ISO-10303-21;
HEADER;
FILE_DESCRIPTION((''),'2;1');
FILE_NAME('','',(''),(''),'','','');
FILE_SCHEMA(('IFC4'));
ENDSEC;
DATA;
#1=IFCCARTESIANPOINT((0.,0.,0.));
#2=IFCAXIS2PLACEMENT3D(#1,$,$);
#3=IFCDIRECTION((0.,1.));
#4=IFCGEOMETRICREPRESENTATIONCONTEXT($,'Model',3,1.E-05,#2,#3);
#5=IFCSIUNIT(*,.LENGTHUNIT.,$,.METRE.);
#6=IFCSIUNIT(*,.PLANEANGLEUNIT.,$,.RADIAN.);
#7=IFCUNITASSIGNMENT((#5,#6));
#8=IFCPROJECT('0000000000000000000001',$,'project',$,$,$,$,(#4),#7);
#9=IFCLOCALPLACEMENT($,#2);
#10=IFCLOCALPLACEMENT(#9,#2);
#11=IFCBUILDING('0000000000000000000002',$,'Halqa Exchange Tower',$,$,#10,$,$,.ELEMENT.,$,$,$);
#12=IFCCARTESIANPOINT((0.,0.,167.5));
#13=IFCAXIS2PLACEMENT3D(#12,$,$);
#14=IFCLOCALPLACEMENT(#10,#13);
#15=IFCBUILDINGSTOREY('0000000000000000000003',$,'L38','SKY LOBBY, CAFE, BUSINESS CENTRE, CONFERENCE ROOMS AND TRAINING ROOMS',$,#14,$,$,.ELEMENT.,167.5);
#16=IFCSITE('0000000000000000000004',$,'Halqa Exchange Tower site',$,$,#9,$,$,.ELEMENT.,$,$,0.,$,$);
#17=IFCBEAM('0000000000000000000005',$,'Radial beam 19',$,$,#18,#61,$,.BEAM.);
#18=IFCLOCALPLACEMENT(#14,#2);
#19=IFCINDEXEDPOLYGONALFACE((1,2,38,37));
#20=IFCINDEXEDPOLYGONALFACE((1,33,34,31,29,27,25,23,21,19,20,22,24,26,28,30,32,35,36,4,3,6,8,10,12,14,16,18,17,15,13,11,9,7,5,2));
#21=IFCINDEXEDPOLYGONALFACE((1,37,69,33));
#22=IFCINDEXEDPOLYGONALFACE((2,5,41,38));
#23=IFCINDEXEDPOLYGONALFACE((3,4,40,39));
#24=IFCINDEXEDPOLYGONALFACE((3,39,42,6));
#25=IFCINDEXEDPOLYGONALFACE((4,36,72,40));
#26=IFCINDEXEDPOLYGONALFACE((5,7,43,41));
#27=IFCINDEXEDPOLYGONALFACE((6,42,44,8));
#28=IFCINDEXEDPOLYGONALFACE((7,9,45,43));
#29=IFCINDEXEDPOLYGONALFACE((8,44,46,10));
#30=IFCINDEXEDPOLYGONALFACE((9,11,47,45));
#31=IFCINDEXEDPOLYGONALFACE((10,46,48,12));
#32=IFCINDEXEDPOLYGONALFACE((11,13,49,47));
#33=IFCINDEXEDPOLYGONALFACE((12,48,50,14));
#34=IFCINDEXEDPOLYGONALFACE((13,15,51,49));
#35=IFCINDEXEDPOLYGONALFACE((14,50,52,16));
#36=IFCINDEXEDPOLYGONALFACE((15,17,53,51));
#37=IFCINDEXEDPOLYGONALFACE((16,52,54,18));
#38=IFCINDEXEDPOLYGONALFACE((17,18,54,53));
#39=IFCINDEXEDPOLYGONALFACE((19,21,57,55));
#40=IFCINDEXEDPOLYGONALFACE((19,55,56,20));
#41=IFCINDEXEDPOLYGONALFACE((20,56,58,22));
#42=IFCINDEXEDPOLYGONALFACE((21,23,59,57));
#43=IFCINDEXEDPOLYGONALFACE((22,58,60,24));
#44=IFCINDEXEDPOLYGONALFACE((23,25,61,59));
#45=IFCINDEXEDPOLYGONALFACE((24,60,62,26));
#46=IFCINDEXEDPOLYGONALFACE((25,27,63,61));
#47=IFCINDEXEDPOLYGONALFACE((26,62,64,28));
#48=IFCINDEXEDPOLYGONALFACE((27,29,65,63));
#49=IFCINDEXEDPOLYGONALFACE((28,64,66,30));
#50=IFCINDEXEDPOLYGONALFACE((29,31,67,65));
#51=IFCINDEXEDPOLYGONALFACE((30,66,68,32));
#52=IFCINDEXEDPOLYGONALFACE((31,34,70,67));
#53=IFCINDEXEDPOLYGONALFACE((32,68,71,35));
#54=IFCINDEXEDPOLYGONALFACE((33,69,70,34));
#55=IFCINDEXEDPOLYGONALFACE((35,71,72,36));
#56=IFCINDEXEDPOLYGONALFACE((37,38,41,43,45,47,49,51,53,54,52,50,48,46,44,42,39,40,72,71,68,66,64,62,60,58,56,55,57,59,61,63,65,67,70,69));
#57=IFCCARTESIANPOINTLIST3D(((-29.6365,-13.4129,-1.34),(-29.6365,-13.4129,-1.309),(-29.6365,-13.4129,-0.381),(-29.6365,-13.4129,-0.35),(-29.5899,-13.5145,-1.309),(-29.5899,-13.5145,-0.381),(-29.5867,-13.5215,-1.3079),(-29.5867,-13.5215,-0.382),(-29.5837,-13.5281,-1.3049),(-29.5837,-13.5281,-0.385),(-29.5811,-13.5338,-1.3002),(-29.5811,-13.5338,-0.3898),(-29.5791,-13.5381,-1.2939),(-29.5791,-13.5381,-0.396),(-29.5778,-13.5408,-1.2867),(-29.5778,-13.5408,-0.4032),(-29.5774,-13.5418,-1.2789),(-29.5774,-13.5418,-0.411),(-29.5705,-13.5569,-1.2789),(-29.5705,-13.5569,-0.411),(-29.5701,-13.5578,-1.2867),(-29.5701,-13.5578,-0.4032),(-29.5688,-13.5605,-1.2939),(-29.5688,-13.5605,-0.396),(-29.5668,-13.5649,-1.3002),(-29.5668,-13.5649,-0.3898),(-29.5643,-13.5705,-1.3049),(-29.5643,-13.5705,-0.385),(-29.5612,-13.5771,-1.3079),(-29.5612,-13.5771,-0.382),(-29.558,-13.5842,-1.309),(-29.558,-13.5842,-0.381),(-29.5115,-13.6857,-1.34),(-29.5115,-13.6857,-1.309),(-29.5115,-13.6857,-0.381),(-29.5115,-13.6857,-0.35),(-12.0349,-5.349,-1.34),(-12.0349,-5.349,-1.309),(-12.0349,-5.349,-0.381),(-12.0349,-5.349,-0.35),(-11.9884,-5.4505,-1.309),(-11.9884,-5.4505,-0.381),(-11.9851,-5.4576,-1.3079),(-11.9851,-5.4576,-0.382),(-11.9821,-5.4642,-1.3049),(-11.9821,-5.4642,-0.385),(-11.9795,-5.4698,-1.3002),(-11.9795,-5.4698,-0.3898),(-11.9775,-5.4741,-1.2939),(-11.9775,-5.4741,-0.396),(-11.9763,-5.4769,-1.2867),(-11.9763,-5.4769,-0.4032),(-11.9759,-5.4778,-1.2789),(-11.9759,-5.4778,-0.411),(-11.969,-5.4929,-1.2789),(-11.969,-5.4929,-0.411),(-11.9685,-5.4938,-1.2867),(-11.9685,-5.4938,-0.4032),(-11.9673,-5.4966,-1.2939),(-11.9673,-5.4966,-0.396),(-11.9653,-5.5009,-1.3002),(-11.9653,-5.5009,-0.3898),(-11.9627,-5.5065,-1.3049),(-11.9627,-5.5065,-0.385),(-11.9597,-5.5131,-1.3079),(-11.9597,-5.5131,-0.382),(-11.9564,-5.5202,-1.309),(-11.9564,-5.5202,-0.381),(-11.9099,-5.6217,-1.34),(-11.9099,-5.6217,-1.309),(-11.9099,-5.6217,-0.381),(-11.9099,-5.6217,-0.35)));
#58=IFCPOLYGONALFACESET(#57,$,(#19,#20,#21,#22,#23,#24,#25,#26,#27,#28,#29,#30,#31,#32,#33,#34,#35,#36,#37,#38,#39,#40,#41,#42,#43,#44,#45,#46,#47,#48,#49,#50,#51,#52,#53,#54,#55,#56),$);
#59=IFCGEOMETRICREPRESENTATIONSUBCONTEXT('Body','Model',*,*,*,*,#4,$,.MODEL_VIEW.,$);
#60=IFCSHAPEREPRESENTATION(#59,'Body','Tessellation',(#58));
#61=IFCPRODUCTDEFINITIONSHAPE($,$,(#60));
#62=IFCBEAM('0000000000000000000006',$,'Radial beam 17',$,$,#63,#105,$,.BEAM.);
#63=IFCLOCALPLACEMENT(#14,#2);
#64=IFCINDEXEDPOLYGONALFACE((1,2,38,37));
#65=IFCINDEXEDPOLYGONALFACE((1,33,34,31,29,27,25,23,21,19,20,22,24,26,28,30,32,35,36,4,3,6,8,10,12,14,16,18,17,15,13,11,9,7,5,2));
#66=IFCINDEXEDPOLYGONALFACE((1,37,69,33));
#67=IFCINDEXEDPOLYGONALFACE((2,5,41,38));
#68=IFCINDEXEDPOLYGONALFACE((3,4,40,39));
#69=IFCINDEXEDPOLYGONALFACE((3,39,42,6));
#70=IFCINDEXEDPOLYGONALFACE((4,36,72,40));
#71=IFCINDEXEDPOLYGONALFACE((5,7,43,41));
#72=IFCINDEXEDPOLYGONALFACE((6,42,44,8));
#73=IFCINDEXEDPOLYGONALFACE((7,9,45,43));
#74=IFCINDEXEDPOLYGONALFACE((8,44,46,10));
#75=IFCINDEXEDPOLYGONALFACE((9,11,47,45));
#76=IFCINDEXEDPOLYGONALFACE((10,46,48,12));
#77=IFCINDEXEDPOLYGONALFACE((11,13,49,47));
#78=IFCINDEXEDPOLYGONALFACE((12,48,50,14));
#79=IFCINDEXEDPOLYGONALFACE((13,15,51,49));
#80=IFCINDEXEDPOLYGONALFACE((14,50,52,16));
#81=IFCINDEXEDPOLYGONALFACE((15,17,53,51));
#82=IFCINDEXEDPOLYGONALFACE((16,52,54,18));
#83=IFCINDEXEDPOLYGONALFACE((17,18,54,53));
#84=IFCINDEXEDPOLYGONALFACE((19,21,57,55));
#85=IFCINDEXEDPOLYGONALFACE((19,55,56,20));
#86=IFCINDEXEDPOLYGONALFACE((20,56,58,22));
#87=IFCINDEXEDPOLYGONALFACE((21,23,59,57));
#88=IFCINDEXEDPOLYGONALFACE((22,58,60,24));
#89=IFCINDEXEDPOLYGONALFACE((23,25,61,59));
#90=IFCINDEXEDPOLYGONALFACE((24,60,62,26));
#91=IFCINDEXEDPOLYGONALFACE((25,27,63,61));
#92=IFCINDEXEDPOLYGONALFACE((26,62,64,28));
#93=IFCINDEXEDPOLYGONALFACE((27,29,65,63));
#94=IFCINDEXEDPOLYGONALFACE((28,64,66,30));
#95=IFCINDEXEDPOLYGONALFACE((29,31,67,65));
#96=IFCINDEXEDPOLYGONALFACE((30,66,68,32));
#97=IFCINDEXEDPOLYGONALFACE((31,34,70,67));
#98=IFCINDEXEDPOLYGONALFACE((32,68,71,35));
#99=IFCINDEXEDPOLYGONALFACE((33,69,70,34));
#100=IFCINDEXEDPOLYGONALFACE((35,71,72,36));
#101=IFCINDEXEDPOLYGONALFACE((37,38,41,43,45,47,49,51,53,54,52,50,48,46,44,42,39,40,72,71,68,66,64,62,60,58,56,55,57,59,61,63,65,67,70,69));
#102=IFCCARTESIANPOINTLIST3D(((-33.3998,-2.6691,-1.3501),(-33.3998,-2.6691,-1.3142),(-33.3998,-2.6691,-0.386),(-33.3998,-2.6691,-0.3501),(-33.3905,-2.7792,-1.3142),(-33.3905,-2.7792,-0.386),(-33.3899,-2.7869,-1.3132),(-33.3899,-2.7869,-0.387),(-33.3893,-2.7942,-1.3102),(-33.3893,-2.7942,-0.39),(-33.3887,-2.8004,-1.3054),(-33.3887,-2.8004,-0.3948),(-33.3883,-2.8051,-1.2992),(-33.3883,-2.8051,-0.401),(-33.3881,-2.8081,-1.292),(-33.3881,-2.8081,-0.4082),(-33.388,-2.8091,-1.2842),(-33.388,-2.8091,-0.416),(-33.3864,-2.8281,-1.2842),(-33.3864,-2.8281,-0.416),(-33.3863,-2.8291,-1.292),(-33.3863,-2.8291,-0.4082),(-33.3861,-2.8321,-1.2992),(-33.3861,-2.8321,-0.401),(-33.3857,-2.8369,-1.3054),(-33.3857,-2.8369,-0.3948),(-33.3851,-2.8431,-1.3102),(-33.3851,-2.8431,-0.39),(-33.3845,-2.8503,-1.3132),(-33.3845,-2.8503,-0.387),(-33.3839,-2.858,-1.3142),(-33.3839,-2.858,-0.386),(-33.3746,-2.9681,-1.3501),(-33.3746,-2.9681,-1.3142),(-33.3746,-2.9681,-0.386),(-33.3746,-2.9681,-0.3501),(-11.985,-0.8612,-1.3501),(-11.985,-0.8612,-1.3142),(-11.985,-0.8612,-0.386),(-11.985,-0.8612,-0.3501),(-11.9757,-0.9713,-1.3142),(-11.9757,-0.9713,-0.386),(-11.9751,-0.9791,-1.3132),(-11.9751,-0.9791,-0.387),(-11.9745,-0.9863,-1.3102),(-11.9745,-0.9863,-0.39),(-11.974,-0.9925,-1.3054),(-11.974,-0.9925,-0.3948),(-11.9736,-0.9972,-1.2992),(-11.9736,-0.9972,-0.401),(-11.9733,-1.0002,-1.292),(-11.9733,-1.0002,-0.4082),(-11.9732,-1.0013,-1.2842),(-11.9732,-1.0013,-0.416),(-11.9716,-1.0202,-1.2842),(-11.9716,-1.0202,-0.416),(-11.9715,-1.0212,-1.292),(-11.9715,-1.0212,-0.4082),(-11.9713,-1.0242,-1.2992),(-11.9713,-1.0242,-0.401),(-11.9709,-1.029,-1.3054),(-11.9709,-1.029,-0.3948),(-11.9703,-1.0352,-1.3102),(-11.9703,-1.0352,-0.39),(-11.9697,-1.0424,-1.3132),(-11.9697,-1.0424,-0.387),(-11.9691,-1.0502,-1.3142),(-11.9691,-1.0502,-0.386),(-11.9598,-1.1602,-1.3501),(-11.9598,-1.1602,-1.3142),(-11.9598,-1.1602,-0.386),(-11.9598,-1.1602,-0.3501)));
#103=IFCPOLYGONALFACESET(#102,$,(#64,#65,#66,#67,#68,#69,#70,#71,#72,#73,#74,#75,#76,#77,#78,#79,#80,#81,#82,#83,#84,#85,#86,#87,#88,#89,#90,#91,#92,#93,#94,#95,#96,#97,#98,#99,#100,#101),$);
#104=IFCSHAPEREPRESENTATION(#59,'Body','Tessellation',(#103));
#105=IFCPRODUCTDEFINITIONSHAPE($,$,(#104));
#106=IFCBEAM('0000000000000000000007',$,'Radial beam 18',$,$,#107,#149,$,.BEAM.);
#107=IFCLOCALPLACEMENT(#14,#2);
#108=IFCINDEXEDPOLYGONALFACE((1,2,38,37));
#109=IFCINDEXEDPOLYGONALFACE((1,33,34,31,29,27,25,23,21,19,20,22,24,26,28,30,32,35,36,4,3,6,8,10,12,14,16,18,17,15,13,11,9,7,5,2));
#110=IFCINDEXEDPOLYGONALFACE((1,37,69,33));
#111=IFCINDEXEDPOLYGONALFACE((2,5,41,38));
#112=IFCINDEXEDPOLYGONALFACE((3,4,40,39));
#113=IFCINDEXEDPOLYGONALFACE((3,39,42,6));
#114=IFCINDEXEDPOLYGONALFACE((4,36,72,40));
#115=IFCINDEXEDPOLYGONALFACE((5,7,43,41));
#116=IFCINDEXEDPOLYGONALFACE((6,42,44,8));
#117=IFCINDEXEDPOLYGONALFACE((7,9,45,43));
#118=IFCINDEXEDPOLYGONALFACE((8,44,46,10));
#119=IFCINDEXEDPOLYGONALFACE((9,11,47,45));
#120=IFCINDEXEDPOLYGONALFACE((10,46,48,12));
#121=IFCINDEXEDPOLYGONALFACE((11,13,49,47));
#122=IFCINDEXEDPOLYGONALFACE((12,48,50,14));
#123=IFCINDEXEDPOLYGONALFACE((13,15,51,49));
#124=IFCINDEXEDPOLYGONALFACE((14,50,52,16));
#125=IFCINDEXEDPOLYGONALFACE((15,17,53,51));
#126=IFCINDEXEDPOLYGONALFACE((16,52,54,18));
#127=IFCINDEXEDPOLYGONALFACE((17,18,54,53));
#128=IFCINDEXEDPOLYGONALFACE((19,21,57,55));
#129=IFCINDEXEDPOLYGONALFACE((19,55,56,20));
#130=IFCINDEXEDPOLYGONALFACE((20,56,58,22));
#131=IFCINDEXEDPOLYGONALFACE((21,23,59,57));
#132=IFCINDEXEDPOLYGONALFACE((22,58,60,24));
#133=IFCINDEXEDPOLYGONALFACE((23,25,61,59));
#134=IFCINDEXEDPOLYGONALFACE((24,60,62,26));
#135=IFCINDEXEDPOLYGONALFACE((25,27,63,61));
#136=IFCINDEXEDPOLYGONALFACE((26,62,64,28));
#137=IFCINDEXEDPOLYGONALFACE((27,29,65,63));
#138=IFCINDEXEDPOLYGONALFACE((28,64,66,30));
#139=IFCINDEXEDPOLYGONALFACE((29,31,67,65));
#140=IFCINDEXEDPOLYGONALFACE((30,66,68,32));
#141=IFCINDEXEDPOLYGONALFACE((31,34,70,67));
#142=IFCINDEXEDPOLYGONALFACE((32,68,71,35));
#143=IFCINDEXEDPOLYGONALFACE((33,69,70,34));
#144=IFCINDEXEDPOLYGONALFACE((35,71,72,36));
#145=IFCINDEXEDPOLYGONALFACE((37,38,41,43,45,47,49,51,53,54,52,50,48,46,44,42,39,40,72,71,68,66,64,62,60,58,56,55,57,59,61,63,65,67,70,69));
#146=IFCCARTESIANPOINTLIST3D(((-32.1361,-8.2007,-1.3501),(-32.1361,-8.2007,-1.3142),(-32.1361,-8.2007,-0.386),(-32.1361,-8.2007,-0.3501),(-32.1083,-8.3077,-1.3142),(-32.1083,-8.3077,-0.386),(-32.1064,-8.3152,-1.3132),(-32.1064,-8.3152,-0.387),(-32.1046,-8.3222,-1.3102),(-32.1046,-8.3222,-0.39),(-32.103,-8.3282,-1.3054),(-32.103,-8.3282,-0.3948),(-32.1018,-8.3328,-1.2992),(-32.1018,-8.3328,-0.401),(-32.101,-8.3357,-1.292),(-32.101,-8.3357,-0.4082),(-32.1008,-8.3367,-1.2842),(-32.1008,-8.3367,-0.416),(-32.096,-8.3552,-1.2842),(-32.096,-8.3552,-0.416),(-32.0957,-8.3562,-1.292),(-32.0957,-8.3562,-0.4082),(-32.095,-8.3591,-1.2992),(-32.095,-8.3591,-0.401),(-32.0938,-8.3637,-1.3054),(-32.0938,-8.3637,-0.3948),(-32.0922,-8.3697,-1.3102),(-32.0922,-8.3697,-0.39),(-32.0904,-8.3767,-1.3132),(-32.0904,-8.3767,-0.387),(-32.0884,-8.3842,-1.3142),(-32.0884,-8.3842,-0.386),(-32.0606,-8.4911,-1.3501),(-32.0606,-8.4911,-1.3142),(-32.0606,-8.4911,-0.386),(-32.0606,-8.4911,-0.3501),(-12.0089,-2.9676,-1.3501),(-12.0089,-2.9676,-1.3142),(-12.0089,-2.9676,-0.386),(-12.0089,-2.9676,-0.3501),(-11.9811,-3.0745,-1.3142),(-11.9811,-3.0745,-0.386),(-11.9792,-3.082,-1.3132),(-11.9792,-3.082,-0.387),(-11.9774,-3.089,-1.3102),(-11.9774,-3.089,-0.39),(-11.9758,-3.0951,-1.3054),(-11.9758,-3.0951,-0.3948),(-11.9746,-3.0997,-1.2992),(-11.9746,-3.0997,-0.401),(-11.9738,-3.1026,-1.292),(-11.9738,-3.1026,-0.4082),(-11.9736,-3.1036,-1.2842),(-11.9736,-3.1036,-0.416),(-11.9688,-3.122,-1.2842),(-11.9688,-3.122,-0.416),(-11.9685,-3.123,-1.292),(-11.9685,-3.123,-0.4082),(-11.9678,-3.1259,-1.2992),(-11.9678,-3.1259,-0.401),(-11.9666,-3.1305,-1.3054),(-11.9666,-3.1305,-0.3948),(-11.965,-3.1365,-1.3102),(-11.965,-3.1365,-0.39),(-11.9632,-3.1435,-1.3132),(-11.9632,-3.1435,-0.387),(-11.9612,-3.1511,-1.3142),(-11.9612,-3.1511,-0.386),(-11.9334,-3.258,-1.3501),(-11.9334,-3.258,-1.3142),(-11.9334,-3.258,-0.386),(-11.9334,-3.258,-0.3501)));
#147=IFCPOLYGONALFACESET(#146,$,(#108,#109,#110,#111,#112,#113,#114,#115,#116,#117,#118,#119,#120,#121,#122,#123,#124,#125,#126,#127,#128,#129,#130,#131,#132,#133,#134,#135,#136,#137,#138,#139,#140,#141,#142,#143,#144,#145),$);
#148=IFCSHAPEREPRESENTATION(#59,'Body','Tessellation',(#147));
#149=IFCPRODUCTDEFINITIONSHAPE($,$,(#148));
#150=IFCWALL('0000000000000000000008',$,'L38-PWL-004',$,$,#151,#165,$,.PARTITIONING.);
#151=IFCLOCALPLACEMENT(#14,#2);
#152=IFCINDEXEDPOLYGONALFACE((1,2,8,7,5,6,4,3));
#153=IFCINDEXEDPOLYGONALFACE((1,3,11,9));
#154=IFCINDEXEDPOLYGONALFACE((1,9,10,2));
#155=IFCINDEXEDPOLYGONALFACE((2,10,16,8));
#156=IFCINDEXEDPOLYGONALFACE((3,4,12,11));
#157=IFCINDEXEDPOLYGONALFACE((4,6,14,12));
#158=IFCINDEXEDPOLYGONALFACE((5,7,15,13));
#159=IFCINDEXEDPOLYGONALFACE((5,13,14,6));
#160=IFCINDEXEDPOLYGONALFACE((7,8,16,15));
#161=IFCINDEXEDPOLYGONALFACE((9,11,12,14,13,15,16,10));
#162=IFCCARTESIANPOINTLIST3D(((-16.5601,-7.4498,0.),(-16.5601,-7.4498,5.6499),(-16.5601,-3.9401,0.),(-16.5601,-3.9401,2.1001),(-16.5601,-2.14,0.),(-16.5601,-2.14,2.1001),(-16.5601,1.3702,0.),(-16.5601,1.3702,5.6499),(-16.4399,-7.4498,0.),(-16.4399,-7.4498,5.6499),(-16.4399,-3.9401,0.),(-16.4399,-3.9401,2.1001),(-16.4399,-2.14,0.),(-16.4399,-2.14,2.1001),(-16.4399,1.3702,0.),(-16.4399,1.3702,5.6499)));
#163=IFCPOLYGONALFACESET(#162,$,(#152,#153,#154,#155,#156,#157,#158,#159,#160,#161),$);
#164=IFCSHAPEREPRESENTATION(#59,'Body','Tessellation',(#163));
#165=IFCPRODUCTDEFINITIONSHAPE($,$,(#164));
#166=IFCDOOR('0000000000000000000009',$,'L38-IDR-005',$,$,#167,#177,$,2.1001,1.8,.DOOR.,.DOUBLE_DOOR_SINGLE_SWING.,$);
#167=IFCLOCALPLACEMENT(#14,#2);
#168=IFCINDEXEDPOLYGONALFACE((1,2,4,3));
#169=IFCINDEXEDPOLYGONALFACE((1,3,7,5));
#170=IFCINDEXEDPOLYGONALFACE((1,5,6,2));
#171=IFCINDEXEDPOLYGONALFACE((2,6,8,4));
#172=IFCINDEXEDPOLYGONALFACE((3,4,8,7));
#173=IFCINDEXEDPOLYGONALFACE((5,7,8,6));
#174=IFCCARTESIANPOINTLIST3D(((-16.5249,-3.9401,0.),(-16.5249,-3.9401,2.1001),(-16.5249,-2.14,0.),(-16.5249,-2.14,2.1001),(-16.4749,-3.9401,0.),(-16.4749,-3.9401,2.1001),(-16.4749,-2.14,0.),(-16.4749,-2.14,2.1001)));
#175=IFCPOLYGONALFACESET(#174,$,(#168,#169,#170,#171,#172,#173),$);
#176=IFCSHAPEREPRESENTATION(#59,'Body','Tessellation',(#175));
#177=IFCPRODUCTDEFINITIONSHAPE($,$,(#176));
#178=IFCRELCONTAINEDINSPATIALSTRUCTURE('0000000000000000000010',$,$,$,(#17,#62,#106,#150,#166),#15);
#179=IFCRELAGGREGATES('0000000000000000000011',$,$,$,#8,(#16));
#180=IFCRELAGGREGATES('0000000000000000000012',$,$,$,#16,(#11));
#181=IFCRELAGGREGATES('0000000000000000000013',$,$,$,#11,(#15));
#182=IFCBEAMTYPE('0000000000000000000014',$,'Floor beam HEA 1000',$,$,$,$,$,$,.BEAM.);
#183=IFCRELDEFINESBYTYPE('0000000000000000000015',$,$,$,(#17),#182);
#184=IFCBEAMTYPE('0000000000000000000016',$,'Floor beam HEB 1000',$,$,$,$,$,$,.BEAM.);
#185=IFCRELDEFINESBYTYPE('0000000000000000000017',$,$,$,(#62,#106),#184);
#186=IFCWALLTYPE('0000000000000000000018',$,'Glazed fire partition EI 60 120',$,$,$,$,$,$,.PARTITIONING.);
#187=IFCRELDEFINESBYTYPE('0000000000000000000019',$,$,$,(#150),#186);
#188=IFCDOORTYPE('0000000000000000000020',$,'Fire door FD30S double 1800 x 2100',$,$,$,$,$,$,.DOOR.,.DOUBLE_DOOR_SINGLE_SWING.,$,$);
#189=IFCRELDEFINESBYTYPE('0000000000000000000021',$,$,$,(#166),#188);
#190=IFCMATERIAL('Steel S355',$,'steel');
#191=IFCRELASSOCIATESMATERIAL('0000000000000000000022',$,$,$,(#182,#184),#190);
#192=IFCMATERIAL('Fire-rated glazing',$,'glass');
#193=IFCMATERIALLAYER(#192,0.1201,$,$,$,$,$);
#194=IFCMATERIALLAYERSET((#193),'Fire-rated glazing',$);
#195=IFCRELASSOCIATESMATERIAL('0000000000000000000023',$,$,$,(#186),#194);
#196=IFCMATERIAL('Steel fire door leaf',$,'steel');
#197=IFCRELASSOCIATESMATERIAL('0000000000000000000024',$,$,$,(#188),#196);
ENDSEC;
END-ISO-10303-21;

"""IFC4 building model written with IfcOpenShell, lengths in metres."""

from ifc_helpers import new_model, si_unit, direction, frame, frame_2d, origin, origin_2d, place, context, subcontext, project, spatial, rectangle, i_section, extrude, material, layer, layer_set, material_profile, profile_set, type_object, element, fill, save


model = new_model("IFC4")

# Units and contexts
model_context = context("Model", 3, precision=1e-05, world=origin(), true_north=direction((0.0, 1.0)))
body_context = subcontext(model_context, "Body", "Model", "MODEL_VIEW")
ifc_project = project(units=[si_unit("LENGTHUNIT", "METRE"), si_unit("PLANEANGLEUNIT", "RADIAN")], contexts=[model_context])

# Site, building, storey
site_placement = place(None, origin())
site = spatial("IfcSite", under=ifc_project, at=site_placement, Name="Halqa Exchange Tower site", CompositionType="ELEMENT", RefElevation=0.0)
building_placement = place(site_placement, origin())
building = spatial("IfcBuilding", under=site, at=building_placement, Name="Halqa Exchange Tower", CompositionType="ELEMENT")
storey_placement = place(building_placement, frame((0.0, 0.0, 167.5)))
storey = spatial("IfcBuildingStorey", under=building, at=storey_placement, Name="L38", Description="SKY LOBBY, CAFE, BUSINESS CENTRE, CONFERENCE ROOMS AND TRAINING ROOMS", CompositionType="ELEMENT", Elevation=167.5)

# Beams
ifc_material_1 = material(Name="Steel S355", Category="steel")
ifc_material_profile_1 = material_profile(ifc_material_1, i_section(OverallWidth=0.3, OverallDepth=0.99, WebThickness=0.0166, FlangeThickness=0.031, FilletRadius=0.03, at=origin_2d()), Name="HEA 1000")
ifc_profile_set_1 = profile_set([ifc_material_profile_1], Name="Steel S355")
beam_type_1 = type_object("IfcBeamType", Name="Floor beam HEA 1000", PredefinedType="BEAM", material=ifc_profile_set_1)
beam_1_placement = place(storey_placement, frame((-11.9724, -5.4854, -0.845), z_axis=(-0.909132, -0.416509, 0.0), x_axis=(0.416509, -0.909132, 0.0)))
element("IfcBeam", 1, at=beam_1_placement, inside=storey, type_object=beam_type_1, Name="Radial beam 19", PredefinedType="BEAM", context=body_context, shape_type="SweptSolid", body=[
    extrude(i_section(OverallWidth=0.3, OverallDepth=0.99, WebThickness=0.0166, FlangeThickness=0.031, FilletRadius=0.03, at=origin_2d()), origin(), (0.0, 0.0, 1.0), 19.3608),
])
ifc_material_profile_2 = material_profile(ifc_material_1, i_section(OverallWidth=0.3, OverallDepth=1.0, WebThickness=0.019, FlangeThickness=0.0359, FilletRadius=0.03, at=origin_2d()), Name="HEB 1000")
ifc_profile_set_2 = profile_set([ifc_material_profile_2], Name="Steel S355")
beam_type_2 = type_object("IfcBeamType", Name="Floor beam HEB 1000", PredefinedType="BEAM", material=ifc_profile_set_2)
beam_2_placement = place(storey_placement, frame((-11.9724, -1.0107, -0.8501), z_axis=(-0.996455, -0.084122, 0.0), x_axis=(0.084122, -0.996455, 0.0)))
element("IfcBeam", 2, at=beam_2_placement, inside=storey, type_object=beam_type_2, Name="Radial beam 17", PredefinedType="BEAM", context=body_context, shape_type="SweptSolid", body=[
    extrude(i_section(OverallWidth=0.3, OverallDepth=1.0, WebThickness=0.019, FlangeThickness=0.0359, FilletRadius=0.03, at=origin_2d()), origin(), (0.0, 0.0, 1.0), 21.491),
])
beam_3_placement = place(storey_placement, frame((-11.9712, -3.1128, -0.8501), z_axis=(-0.967822, -0.251638, 0.0), x_axis=(0.251638, -0.967822, 0.0)))
element("IfcBeam", 3, at=beam_3_placement, inside=storey, type_object=beam_type_2, Name="Radial beam 18", PredefinedType="BEAM", context=body_context, shape_type="SweptSolid", body=[
    extrude(i_section(OverallWidth=0.3, OverallDepth=1.0, WebThickness=0.019, FlangeThickness=0.0359, FilletRadius=0.03, at=origin_2d()), origin(), (0.0, 0.0, 1.0), 20.7964),
])

# Wall, opening, door
ifc_material_2 = material(Name="Fire-rated glazing", Category="glass")
ifc_layer_1 = layer(ifc_material_2, 0.1201)
ifc_layer_set_1 = layer_set([ifc_layer_1], Name="Fire-rated glazing")
wall_type_1 = type_object("IfcWallType", Name="Glazed fire partition EI 60 120", PredefinedType="PARTITIONING", material=ifc_layer_set_1)
wall_1_placement = place(storey_placement, frame((-16.5, -7.45, 0.0), z_axis=(0.0, 0.0, 1.0), x_axis=(0.0, 1.0, 0.0)))
wall_1 = element("IfcWall", 4, at=wall_1_placement, inside=storey, type_object=wall_type_1, Name="L38-PWL-004", PredefinedType="PARTITIONING", context=body_context, shape_type="SweptSolid", body=[
    extrude(rectangle(XDim=8.8201, YDim=0.1201, at=frame_2d((4.4102, 0.0))), origin(), (0.0, 0.0, 1.0), 5.6499),
])
opening_1_placement = place(wall_1_placement, frame((3.51, 0.0, 0.0)))
opening_1 = element("IfcOpeningElement", 5, at=opening_1_placement, cuts=wall_1, PredefinedType="OPENING", context=body_context, shape_type="SweptSolid", body=[
    extrude(rectangle(XDim=1.8, YDim=2.1001, at=frame_2d((0.8999, 1.05))), frame((0.0, 0.072, 0.0), z_axis=(0.0, -1.0, 0.0), x_axis=(1.0, 0.0, 0.0)), (0.0, 0.0, 1.0), 0.144),
])
ifc_material_3 = material(Name="Steel fire door leaf", Category="steel")
door_type_1 = type_object("IfcDoorType", Name="Fire door FD30S double 1800 x 2100", OperationType="DOUBLE_DOOR_SINGLE_SWING", PredefinedType="DOOR", material=ifc_material_3)
door_1_placement = place(opening_1_placement, origin())
door_1 = element("IfcDoor", 6, at=door_1_placement, inside=storey, type_object=door_type_1, Name="L38-IDR-005", OperationType="DOUBLE_DOOR_SINGLE_SWING", OverallHeight=2.1001, OverallWidth=1.8, PredefinedType="DOOR", context=body_context, shape_type="SweptSolid", body=[
    extrude(rectangle(XDim=1.8, YDim=2.1001, at=frame_2d((0.8999, 1.05))), frame((0.0, 0.0249, 0.0), z_axis=(0.0, -1.0, 0.0), x_axis=(1.0, 0.0, 0.0)), (0.0, 0.0, 1.0), 0.05),
])
fill(opening_1, door_1)

save(model, "model.ifc")
